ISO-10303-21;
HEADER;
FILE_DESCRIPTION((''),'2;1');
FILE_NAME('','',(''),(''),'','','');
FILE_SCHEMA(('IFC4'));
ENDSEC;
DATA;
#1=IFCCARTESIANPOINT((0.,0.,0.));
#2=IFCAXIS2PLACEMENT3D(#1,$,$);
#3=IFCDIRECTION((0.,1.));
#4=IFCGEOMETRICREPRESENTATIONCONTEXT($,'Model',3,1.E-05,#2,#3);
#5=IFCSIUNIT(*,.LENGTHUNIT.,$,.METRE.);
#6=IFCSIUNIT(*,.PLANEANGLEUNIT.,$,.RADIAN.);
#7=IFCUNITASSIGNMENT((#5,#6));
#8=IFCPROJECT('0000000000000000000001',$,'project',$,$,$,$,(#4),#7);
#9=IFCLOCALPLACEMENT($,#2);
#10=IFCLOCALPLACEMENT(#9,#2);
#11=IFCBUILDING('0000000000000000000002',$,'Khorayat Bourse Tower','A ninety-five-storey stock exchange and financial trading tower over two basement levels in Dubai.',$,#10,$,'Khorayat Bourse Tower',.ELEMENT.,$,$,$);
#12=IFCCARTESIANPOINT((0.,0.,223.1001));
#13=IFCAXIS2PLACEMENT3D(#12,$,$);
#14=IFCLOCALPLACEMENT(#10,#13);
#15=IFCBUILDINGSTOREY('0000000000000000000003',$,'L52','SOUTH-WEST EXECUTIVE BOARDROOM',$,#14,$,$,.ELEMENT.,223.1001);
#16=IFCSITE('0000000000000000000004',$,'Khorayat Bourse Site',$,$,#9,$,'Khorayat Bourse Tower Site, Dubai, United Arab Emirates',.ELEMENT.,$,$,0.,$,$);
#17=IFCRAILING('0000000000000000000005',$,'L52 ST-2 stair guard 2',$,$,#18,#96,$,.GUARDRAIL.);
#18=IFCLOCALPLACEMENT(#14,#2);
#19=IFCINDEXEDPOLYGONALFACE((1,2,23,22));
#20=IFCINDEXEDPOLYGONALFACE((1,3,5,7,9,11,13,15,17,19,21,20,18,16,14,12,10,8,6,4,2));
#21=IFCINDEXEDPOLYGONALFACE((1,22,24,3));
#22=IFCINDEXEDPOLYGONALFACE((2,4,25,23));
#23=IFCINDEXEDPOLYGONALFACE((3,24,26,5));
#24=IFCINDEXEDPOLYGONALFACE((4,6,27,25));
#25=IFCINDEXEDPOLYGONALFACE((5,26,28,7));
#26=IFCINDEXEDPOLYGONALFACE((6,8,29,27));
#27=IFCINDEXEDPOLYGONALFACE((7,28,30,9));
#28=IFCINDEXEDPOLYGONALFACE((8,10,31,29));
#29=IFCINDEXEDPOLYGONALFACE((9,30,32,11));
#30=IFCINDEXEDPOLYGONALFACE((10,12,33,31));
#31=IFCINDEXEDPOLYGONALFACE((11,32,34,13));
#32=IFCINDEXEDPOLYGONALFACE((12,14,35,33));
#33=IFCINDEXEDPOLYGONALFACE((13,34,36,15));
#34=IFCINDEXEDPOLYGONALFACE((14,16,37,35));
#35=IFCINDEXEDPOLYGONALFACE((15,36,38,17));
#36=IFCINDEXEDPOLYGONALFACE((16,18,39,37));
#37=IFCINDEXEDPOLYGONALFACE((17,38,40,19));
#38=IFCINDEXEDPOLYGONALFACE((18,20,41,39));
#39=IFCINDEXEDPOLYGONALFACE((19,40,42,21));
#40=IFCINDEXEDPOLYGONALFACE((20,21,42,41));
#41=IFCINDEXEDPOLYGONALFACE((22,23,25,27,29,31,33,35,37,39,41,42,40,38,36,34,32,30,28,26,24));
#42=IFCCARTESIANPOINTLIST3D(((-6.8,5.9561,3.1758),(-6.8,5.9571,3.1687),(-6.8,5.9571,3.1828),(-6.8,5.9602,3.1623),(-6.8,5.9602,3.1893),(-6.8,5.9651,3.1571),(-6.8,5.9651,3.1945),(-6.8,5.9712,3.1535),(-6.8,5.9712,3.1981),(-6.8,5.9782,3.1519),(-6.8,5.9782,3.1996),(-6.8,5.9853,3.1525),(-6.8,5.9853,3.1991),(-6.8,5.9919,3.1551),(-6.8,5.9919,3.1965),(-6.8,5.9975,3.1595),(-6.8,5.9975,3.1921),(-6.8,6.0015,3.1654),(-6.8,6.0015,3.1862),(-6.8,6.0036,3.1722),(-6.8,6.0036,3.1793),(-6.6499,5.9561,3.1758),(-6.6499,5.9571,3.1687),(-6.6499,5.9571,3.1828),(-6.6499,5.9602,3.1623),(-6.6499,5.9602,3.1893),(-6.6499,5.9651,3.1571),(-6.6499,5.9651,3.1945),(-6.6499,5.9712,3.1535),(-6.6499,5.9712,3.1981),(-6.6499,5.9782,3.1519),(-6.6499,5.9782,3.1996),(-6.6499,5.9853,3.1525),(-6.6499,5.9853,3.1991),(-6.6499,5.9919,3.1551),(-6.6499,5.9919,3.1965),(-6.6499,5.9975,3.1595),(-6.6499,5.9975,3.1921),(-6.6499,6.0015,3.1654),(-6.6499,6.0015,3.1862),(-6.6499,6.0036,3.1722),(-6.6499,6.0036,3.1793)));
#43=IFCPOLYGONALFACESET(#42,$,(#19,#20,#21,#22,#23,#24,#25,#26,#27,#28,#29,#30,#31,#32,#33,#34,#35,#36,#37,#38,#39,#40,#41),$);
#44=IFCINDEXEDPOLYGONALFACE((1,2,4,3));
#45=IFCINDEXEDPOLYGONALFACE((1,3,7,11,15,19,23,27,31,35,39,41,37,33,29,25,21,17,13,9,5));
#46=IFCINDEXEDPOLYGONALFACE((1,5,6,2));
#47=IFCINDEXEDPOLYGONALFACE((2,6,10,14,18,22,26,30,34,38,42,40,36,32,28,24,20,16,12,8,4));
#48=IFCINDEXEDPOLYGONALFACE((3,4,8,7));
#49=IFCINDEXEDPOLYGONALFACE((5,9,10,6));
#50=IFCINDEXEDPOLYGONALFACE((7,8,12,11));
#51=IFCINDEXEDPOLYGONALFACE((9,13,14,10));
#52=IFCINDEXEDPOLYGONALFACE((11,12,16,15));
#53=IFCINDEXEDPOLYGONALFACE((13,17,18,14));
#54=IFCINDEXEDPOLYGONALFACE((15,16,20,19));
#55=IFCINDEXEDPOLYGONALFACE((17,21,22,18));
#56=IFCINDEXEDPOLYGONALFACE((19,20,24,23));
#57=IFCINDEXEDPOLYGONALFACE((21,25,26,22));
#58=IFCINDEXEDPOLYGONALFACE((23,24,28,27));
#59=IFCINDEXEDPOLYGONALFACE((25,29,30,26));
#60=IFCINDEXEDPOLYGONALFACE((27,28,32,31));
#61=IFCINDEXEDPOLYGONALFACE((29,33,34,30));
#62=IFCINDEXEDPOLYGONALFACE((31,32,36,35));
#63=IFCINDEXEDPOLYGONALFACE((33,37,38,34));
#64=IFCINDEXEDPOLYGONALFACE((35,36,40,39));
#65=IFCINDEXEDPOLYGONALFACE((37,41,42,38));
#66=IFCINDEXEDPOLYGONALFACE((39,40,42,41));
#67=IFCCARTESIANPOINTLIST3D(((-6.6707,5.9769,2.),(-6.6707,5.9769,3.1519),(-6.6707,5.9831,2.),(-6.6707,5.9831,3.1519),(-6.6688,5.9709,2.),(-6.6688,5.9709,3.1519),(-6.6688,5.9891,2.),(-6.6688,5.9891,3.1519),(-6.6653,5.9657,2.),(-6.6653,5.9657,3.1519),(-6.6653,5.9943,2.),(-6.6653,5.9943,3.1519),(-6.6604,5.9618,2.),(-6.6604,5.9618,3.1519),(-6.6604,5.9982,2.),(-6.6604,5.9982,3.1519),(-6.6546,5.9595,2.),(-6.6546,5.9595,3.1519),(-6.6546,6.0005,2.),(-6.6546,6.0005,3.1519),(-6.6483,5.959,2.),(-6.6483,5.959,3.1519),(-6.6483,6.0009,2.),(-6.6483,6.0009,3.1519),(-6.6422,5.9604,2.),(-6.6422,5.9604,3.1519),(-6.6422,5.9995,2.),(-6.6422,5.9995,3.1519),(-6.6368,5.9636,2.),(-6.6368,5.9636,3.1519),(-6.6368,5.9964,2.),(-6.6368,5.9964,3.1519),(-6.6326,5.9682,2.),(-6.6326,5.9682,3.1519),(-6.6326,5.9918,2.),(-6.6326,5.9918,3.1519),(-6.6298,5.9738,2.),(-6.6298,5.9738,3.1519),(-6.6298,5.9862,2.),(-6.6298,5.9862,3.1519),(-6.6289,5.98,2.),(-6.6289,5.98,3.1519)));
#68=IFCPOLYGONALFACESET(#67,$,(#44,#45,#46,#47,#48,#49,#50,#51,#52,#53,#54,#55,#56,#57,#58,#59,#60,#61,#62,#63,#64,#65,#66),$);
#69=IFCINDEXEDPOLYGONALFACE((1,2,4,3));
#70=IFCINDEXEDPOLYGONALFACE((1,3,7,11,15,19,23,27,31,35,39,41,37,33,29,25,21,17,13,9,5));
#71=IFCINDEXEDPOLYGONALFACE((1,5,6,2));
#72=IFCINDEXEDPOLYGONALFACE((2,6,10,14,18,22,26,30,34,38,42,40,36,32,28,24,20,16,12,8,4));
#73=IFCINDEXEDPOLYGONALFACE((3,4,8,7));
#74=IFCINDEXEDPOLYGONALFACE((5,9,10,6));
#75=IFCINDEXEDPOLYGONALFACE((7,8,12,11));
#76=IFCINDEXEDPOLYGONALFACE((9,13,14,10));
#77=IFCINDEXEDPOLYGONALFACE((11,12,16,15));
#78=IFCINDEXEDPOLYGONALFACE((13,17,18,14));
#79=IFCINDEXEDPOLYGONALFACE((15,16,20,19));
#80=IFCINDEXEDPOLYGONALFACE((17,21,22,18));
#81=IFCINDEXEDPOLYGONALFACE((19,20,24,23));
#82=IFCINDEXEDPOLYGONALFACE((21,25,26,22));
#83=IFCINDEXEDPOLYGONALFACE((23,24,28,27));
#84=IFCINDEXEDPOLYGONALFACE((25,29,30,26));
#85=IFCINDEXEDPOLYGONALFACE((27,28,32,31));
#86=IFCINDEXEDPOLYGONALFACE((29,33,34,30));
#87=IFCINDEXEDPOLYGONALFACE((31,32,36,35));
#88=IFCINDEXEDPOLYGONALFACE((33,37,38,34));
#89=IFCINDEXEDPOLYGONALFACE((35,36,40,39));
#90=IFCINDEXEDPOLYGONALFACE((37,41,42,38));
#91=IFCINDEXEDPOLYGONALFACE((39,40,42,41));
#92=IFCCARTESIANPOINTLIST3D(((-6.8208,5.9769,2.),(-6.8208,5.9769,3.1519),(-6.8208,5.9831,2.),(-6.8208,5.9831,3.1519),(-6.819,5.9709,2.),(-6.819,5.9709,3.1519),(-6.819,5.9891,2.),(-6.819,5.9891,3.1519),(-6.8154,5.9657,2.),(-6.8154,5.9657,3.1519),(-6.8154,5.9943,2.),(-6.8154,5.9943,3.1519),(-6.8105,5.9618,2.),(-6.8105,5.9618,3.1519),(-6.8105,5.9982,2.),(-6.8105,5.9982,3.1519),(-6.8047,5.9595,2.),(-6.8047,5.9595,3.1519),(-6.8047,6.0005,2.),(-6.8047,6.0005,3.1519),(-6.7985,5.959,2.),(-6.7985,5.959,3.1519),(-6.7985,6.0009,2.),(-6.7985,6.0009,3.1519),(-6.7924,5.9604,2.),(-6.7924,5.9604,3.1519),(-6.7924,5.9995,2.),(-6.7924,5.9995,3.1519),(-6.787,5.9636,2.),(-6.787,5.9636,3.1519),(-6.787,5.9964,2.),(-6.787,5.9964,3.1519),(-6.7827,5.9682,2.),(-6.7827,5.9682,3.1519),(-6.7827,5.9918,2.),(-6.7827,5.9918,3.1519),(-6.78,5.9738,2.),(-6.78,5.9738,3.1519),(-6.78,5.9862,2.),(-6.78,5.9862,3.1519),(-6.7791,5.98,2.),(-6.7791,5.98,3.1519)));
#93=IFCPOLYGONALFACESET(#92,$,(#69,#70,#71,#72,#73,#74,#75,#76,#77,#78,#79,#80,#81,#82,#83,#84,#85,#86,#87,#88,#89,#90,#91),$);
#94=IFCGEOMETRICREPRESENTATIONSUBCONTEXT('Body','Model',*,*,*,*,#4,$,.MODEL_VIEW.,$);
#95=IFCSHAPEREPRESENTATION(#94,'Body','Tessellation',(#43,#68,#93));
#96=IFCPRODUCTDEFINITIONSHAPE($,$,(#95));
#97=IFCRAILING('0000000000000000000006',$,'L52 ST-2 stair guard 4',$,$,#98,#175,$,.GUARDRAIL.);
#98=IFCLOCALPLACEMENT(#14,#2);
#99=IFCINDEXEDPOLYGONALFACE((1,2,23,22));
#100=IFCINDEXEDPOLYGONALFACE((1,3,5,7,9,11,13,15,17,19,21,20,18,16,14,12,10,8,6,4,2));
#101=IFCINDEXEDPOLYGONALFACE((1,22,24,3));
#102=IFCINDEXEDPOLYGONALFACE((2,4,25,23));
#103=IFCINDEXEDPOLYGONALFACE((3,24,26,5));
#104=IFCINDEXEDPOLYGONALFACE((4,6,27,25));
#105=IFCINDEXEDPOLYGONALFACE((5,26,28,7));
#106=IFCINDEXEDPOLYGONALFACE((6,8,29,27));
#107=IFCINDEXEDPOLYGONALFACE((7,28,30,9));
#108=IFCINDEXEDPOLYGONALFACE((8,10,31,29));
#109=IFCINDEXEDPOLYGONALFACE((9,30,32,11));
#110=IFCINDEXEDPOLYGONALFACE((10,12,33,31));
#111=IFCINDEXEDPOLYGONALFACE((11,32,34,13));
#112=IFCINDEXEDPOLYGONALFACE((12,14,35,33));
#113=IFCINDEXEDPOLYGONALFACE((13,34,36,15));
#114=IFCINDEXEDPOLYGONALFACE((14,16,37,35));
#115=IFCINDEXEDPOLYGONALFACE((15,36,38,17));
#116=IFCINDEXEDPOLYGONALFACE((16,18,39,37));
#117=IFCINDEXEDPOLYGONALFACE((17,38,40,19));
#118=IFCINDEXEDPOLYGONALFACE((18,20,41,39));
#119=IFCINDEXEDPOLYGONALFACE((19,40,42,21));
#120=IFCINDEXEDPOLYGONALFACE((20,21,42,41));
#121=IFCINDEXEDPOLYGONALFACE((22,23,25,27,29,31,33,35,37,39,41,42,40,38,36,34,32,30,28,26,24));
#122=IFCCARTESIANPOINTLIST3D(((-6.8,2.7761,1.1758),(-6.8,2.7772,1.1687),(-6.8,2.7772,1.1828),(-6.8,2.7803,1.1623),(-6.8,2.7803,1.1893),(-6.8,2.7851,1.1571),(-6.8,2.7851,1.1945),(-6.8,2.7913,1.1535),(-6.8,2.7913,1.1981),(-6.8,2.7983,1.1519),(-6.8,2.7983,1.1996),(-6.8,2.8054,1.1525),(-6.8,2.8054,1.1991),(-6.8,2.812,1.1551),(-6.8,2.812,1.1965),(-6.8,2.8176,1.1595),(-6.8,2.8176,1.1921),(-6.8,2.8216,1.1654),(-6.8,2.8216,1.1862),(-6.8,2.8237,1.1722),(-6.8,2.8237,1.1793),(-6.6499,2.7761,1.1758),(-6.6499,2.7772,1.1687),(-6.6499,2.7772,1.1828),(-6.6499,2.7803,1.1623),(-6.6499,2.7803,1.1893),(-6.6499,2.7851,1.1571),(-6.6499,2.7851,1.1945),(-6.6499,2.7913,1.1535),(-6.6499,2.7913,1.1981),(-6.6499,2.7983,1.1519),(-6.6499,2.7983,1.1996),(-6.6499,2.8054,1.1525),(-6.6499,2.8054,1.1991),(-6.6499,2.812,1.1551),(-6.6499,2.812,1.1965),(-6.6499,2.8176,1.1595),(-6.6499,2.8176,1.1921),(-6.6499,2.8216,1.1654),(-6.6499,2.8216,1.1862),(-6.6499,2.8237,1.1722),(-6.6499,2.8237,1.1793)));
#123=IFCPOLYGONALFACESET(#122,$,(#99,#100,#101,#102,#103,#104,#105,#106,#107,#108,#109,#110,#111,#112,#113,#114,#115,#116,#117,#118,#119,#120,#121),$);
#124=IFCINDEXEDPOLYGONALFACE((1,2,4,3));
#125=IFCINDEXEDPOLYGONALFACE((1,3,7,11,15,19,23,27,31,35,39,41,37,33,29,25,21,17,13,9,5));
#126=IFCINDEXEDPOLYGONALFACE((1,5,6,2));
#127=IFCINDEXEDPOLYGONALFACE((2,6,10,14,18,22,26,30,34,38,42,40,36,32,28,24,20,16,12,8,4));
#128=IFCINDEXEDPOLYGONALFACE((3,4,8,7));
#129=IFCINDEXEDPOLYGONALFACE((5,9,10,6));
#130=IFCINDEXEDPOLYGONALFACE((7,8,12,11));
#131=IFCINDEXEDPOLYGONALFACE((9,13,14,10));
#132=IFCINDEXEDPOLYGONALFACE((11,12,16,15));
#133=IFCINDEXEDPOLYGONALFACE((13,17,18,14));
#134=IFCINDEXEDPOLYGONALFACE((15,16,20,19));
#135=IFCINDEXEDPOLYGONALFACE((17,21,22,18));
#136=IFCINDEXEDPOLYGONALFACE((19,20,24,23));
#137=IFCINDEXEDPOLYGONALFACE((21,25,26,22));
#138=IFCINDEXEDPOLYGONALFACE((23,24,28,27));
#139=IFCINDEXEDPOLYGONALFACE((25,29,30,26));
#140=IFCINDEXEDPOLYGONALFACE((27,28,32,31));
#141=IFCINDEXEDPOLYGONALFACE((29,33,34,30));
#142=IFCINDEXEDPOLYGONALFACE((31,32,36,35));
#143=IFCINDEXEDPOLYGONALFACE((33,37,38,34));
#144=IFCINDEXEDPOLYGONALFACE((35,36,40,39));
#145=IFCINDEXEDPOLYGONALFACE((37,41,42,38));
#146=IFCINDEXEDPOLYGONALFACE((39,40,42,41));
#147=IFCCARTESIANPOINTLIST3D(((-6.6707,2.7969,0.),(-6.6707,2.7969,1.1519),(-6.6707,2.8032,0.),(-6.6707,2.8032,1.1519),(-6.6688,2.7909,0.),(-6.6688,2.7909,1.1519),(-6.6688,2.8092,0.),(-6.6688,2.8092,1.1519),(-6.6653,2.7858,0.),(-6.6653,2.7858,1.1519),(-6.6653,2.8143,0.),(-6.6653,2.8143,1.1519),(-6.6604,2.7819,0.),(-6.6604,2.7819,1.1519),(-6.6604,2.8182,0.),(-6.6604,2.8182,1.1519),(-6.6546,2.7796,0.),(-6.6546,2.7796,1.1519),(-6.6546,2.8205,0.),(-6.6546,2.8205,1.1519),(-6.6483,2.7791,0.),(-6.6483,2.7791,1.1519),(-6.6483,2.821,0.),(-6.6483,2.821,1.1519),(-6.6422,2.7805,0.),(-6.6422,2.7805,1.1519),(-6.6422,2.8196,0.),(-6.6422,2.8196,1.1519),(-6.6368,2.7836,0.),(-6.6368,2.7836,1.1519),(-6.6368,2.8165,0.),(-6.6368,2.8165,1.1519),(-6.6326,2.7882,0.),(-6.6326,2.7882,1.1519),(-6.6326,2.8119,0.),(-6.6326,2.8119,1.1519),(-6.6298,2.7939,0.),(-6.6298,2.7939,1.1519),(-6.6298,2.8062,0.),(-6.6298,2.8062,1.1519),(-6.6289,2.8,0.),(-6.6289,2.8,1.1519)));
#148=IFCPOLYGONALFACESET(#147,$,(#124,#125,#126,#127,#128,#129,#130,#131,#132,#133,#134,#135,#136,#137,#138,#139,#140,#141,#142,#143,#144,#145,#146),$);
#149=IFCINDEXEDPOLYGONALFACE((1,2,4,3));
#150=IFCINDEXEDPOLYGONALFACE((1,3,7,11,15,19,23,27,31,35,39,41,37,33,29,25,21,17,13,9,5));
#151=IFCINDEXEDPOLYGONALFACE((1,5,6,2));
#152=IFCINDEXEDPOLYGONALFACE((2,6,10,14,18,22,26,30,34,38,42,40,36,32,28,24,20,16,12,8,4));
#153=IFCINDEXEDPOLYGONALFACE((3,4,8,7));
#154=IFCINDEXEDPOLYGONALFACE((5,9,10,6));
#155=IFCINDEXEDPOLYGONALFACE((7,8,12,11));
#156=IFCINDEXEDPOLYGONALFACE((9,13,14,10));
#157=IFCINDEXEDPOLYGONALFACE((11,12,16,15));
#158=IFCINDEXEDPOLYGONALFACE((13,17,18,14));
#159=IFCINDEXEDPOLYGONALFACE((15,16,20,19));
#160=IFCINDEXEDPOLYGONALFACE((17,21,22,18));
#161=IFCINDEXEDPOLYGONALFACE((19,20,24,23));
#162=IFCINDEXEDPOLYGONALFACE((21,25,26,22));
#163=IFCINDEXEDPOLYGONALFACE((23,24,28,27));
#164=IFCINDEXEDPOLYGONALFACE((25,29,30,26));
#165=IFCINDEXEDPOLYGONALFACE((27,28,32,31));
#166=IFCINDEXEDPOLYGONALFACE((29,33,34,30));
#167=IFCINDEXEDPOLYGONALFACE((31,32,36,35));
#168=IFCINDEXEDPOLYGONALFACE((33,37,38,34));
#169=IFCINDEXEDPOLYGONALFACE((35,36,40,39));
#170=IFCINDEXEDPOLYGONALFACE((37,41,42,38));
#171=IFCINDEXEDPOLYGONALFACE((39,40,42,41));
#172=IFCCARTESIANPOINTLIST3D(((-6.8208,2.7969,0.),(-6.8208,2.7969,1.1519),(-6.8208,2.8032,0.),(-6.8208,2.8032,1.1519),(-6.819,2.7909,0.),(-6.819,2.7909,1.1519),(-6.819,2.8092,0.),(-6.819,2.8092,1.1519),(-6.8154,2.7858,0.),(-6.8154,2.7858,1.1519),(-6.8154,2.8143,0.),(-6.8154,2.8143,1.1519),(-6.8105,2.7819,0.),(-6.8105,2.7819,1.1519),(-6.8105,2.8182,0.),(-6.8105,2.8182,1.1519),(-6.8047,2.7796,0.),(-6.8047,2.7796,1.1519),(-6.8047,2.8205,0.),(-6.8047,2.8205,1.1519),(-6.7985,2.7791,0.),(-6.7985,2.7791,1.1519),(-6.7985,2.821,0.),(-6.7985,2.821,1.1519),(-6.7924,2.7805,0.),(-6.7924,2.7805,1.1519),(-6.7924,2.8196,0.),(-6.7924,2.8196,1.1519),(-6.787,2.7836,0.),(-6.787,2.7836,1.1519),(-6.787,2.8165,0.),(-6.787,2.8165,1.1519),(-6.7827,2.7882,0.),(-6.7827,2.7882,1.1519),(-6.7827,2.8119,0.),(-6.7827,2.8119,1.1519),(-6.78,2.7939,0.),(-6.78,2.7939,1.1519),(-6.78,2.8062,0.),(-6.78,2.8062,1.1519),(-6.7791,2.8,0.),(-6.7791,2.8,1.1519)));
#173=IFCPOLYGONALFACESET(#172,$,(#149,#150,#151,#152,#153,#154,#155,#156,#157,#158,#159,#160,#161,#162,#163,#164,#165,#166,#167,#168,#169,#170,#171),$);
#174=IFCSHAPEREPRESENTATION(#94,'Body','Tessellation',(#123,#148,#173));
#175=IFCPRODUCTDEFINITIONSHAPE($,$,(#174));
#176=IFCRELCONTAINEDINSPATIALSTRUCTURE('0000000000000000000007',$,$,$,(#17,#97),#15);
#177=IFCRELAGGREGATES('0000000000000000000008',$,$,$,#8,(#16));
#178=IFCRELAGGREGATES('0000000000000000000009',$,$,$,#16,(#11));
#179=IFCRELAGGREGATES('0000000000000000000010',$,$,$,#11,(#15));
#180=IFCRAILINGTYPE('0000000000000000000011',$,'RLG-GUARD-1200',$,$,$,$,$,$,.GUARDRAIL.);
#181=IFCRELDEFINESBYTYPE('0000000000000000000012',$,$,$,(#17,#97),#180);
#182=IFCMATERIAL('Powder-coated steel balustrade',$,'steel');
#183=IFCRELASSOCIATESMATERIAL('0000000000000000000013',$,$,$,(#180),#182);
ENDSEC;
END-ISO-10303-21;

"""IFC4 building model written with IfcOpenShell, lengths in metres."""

from ifc_helpers import new_model, si_unit, direction, frame, origin, origin_2d, place, context, subcontext, project, spatial, circle, extrude, source, transform, mapped, material, type_object, element, save


model = new_model("IFC4")

# Units and contexts
model_context = context("Model", 3, precision=1e-05, world=origin(), true_north=direction((0.0, 1.0)))
body_context = subcontext(model_context, "Body", "Model", "MODEL_VIEW")
ifc_project = project(units=[si_unit("LENGTHUNIT", "METRE"), si_unit("PLANEANGLEUNIT", "RADIAN")], contexts=[model_context])

# Site, building, storey
site_placement = place(None, origin())
site = spatial("IfcSite", under=ifc_project, at=site_placement, Name="Khorayat Bourse Site", LongName="Khorayat Bourse Tower Site, Dubai, United Arab Emirates", CompositionType="ELEMENT", RefElevation=0.0)
building_placement = place(site_placement, origin())
building = spatial("IfcBuilding", under=site, at=building_placement, Name="Khorayat Bourse Tower", Description="A ninety-five-storey stock exchange and financial trading tower over two basement levels in Dubai.", LongName="Khorayat Bourse Tower", CompositionType="ELEMENT")
storey_placement = place(building_placement, frame((0.0, 0.0, 223.1001)))
storey = spatial("IfcBuildingStorey", under=building, at=storey_placement, Name="L52", Description="SOUTH-WEST EXECUTIVE BOARDROOM", CompositionType="ELEMENT", Elevation=223.1001)

# Railings
ifc_material_1 = material(Name="Powder-coated steel balustrade", Category="steel")
railing_type_1 = type_object("IfcRailingType", Name="RLG-GUARD-1200", PredefinedType="GUARDRAIL", material=ifc_material_1)
shared_shape_1 = source(origin(), body_context, "Body", "SweptSolid", [
    extrude(circle(Radius=0.0239, at=origin_2d()), frame((0.0, 0.0, 1.1758), z_axis=(-1.0, 0.0, 0.0), x_axis=(0.0, -1.0, 0.0)), (0.0, 0.0, 1.0), 0.1501),
    extrude(circle(Radius=0.021, at=origin_2d()), origin(), (0.0, 0.0, 1.0), 1.1519),
    extrude(circle(Radius=0.021, at=origin_2d()), frame((-0.1501, 0.0, 0.0)), (0.0, 0.0, 1.0), 1.1519),
])
for number, where, name in (
    (1, (-6.6499, 5.98, 2.0), "L52 ST-2 stair guard 2"),
    (2, (-6.6499, 2.8, 0.0), "L52 ST-2 stair guard 4"),
):
    element("IfcRailing", number, at=place(storey_placement, frame(where)), inside=storey, type_object=railing_type_1, Name=name, PredefinedType="GUARDRAIL", context=body_context, shape_type="MappedRepresentation", body=[
        mapped(shared_shape_1, transform((0.0, 0.0, 0.0), scale=1.0)),
    ])

save(model, "model.ifc")
